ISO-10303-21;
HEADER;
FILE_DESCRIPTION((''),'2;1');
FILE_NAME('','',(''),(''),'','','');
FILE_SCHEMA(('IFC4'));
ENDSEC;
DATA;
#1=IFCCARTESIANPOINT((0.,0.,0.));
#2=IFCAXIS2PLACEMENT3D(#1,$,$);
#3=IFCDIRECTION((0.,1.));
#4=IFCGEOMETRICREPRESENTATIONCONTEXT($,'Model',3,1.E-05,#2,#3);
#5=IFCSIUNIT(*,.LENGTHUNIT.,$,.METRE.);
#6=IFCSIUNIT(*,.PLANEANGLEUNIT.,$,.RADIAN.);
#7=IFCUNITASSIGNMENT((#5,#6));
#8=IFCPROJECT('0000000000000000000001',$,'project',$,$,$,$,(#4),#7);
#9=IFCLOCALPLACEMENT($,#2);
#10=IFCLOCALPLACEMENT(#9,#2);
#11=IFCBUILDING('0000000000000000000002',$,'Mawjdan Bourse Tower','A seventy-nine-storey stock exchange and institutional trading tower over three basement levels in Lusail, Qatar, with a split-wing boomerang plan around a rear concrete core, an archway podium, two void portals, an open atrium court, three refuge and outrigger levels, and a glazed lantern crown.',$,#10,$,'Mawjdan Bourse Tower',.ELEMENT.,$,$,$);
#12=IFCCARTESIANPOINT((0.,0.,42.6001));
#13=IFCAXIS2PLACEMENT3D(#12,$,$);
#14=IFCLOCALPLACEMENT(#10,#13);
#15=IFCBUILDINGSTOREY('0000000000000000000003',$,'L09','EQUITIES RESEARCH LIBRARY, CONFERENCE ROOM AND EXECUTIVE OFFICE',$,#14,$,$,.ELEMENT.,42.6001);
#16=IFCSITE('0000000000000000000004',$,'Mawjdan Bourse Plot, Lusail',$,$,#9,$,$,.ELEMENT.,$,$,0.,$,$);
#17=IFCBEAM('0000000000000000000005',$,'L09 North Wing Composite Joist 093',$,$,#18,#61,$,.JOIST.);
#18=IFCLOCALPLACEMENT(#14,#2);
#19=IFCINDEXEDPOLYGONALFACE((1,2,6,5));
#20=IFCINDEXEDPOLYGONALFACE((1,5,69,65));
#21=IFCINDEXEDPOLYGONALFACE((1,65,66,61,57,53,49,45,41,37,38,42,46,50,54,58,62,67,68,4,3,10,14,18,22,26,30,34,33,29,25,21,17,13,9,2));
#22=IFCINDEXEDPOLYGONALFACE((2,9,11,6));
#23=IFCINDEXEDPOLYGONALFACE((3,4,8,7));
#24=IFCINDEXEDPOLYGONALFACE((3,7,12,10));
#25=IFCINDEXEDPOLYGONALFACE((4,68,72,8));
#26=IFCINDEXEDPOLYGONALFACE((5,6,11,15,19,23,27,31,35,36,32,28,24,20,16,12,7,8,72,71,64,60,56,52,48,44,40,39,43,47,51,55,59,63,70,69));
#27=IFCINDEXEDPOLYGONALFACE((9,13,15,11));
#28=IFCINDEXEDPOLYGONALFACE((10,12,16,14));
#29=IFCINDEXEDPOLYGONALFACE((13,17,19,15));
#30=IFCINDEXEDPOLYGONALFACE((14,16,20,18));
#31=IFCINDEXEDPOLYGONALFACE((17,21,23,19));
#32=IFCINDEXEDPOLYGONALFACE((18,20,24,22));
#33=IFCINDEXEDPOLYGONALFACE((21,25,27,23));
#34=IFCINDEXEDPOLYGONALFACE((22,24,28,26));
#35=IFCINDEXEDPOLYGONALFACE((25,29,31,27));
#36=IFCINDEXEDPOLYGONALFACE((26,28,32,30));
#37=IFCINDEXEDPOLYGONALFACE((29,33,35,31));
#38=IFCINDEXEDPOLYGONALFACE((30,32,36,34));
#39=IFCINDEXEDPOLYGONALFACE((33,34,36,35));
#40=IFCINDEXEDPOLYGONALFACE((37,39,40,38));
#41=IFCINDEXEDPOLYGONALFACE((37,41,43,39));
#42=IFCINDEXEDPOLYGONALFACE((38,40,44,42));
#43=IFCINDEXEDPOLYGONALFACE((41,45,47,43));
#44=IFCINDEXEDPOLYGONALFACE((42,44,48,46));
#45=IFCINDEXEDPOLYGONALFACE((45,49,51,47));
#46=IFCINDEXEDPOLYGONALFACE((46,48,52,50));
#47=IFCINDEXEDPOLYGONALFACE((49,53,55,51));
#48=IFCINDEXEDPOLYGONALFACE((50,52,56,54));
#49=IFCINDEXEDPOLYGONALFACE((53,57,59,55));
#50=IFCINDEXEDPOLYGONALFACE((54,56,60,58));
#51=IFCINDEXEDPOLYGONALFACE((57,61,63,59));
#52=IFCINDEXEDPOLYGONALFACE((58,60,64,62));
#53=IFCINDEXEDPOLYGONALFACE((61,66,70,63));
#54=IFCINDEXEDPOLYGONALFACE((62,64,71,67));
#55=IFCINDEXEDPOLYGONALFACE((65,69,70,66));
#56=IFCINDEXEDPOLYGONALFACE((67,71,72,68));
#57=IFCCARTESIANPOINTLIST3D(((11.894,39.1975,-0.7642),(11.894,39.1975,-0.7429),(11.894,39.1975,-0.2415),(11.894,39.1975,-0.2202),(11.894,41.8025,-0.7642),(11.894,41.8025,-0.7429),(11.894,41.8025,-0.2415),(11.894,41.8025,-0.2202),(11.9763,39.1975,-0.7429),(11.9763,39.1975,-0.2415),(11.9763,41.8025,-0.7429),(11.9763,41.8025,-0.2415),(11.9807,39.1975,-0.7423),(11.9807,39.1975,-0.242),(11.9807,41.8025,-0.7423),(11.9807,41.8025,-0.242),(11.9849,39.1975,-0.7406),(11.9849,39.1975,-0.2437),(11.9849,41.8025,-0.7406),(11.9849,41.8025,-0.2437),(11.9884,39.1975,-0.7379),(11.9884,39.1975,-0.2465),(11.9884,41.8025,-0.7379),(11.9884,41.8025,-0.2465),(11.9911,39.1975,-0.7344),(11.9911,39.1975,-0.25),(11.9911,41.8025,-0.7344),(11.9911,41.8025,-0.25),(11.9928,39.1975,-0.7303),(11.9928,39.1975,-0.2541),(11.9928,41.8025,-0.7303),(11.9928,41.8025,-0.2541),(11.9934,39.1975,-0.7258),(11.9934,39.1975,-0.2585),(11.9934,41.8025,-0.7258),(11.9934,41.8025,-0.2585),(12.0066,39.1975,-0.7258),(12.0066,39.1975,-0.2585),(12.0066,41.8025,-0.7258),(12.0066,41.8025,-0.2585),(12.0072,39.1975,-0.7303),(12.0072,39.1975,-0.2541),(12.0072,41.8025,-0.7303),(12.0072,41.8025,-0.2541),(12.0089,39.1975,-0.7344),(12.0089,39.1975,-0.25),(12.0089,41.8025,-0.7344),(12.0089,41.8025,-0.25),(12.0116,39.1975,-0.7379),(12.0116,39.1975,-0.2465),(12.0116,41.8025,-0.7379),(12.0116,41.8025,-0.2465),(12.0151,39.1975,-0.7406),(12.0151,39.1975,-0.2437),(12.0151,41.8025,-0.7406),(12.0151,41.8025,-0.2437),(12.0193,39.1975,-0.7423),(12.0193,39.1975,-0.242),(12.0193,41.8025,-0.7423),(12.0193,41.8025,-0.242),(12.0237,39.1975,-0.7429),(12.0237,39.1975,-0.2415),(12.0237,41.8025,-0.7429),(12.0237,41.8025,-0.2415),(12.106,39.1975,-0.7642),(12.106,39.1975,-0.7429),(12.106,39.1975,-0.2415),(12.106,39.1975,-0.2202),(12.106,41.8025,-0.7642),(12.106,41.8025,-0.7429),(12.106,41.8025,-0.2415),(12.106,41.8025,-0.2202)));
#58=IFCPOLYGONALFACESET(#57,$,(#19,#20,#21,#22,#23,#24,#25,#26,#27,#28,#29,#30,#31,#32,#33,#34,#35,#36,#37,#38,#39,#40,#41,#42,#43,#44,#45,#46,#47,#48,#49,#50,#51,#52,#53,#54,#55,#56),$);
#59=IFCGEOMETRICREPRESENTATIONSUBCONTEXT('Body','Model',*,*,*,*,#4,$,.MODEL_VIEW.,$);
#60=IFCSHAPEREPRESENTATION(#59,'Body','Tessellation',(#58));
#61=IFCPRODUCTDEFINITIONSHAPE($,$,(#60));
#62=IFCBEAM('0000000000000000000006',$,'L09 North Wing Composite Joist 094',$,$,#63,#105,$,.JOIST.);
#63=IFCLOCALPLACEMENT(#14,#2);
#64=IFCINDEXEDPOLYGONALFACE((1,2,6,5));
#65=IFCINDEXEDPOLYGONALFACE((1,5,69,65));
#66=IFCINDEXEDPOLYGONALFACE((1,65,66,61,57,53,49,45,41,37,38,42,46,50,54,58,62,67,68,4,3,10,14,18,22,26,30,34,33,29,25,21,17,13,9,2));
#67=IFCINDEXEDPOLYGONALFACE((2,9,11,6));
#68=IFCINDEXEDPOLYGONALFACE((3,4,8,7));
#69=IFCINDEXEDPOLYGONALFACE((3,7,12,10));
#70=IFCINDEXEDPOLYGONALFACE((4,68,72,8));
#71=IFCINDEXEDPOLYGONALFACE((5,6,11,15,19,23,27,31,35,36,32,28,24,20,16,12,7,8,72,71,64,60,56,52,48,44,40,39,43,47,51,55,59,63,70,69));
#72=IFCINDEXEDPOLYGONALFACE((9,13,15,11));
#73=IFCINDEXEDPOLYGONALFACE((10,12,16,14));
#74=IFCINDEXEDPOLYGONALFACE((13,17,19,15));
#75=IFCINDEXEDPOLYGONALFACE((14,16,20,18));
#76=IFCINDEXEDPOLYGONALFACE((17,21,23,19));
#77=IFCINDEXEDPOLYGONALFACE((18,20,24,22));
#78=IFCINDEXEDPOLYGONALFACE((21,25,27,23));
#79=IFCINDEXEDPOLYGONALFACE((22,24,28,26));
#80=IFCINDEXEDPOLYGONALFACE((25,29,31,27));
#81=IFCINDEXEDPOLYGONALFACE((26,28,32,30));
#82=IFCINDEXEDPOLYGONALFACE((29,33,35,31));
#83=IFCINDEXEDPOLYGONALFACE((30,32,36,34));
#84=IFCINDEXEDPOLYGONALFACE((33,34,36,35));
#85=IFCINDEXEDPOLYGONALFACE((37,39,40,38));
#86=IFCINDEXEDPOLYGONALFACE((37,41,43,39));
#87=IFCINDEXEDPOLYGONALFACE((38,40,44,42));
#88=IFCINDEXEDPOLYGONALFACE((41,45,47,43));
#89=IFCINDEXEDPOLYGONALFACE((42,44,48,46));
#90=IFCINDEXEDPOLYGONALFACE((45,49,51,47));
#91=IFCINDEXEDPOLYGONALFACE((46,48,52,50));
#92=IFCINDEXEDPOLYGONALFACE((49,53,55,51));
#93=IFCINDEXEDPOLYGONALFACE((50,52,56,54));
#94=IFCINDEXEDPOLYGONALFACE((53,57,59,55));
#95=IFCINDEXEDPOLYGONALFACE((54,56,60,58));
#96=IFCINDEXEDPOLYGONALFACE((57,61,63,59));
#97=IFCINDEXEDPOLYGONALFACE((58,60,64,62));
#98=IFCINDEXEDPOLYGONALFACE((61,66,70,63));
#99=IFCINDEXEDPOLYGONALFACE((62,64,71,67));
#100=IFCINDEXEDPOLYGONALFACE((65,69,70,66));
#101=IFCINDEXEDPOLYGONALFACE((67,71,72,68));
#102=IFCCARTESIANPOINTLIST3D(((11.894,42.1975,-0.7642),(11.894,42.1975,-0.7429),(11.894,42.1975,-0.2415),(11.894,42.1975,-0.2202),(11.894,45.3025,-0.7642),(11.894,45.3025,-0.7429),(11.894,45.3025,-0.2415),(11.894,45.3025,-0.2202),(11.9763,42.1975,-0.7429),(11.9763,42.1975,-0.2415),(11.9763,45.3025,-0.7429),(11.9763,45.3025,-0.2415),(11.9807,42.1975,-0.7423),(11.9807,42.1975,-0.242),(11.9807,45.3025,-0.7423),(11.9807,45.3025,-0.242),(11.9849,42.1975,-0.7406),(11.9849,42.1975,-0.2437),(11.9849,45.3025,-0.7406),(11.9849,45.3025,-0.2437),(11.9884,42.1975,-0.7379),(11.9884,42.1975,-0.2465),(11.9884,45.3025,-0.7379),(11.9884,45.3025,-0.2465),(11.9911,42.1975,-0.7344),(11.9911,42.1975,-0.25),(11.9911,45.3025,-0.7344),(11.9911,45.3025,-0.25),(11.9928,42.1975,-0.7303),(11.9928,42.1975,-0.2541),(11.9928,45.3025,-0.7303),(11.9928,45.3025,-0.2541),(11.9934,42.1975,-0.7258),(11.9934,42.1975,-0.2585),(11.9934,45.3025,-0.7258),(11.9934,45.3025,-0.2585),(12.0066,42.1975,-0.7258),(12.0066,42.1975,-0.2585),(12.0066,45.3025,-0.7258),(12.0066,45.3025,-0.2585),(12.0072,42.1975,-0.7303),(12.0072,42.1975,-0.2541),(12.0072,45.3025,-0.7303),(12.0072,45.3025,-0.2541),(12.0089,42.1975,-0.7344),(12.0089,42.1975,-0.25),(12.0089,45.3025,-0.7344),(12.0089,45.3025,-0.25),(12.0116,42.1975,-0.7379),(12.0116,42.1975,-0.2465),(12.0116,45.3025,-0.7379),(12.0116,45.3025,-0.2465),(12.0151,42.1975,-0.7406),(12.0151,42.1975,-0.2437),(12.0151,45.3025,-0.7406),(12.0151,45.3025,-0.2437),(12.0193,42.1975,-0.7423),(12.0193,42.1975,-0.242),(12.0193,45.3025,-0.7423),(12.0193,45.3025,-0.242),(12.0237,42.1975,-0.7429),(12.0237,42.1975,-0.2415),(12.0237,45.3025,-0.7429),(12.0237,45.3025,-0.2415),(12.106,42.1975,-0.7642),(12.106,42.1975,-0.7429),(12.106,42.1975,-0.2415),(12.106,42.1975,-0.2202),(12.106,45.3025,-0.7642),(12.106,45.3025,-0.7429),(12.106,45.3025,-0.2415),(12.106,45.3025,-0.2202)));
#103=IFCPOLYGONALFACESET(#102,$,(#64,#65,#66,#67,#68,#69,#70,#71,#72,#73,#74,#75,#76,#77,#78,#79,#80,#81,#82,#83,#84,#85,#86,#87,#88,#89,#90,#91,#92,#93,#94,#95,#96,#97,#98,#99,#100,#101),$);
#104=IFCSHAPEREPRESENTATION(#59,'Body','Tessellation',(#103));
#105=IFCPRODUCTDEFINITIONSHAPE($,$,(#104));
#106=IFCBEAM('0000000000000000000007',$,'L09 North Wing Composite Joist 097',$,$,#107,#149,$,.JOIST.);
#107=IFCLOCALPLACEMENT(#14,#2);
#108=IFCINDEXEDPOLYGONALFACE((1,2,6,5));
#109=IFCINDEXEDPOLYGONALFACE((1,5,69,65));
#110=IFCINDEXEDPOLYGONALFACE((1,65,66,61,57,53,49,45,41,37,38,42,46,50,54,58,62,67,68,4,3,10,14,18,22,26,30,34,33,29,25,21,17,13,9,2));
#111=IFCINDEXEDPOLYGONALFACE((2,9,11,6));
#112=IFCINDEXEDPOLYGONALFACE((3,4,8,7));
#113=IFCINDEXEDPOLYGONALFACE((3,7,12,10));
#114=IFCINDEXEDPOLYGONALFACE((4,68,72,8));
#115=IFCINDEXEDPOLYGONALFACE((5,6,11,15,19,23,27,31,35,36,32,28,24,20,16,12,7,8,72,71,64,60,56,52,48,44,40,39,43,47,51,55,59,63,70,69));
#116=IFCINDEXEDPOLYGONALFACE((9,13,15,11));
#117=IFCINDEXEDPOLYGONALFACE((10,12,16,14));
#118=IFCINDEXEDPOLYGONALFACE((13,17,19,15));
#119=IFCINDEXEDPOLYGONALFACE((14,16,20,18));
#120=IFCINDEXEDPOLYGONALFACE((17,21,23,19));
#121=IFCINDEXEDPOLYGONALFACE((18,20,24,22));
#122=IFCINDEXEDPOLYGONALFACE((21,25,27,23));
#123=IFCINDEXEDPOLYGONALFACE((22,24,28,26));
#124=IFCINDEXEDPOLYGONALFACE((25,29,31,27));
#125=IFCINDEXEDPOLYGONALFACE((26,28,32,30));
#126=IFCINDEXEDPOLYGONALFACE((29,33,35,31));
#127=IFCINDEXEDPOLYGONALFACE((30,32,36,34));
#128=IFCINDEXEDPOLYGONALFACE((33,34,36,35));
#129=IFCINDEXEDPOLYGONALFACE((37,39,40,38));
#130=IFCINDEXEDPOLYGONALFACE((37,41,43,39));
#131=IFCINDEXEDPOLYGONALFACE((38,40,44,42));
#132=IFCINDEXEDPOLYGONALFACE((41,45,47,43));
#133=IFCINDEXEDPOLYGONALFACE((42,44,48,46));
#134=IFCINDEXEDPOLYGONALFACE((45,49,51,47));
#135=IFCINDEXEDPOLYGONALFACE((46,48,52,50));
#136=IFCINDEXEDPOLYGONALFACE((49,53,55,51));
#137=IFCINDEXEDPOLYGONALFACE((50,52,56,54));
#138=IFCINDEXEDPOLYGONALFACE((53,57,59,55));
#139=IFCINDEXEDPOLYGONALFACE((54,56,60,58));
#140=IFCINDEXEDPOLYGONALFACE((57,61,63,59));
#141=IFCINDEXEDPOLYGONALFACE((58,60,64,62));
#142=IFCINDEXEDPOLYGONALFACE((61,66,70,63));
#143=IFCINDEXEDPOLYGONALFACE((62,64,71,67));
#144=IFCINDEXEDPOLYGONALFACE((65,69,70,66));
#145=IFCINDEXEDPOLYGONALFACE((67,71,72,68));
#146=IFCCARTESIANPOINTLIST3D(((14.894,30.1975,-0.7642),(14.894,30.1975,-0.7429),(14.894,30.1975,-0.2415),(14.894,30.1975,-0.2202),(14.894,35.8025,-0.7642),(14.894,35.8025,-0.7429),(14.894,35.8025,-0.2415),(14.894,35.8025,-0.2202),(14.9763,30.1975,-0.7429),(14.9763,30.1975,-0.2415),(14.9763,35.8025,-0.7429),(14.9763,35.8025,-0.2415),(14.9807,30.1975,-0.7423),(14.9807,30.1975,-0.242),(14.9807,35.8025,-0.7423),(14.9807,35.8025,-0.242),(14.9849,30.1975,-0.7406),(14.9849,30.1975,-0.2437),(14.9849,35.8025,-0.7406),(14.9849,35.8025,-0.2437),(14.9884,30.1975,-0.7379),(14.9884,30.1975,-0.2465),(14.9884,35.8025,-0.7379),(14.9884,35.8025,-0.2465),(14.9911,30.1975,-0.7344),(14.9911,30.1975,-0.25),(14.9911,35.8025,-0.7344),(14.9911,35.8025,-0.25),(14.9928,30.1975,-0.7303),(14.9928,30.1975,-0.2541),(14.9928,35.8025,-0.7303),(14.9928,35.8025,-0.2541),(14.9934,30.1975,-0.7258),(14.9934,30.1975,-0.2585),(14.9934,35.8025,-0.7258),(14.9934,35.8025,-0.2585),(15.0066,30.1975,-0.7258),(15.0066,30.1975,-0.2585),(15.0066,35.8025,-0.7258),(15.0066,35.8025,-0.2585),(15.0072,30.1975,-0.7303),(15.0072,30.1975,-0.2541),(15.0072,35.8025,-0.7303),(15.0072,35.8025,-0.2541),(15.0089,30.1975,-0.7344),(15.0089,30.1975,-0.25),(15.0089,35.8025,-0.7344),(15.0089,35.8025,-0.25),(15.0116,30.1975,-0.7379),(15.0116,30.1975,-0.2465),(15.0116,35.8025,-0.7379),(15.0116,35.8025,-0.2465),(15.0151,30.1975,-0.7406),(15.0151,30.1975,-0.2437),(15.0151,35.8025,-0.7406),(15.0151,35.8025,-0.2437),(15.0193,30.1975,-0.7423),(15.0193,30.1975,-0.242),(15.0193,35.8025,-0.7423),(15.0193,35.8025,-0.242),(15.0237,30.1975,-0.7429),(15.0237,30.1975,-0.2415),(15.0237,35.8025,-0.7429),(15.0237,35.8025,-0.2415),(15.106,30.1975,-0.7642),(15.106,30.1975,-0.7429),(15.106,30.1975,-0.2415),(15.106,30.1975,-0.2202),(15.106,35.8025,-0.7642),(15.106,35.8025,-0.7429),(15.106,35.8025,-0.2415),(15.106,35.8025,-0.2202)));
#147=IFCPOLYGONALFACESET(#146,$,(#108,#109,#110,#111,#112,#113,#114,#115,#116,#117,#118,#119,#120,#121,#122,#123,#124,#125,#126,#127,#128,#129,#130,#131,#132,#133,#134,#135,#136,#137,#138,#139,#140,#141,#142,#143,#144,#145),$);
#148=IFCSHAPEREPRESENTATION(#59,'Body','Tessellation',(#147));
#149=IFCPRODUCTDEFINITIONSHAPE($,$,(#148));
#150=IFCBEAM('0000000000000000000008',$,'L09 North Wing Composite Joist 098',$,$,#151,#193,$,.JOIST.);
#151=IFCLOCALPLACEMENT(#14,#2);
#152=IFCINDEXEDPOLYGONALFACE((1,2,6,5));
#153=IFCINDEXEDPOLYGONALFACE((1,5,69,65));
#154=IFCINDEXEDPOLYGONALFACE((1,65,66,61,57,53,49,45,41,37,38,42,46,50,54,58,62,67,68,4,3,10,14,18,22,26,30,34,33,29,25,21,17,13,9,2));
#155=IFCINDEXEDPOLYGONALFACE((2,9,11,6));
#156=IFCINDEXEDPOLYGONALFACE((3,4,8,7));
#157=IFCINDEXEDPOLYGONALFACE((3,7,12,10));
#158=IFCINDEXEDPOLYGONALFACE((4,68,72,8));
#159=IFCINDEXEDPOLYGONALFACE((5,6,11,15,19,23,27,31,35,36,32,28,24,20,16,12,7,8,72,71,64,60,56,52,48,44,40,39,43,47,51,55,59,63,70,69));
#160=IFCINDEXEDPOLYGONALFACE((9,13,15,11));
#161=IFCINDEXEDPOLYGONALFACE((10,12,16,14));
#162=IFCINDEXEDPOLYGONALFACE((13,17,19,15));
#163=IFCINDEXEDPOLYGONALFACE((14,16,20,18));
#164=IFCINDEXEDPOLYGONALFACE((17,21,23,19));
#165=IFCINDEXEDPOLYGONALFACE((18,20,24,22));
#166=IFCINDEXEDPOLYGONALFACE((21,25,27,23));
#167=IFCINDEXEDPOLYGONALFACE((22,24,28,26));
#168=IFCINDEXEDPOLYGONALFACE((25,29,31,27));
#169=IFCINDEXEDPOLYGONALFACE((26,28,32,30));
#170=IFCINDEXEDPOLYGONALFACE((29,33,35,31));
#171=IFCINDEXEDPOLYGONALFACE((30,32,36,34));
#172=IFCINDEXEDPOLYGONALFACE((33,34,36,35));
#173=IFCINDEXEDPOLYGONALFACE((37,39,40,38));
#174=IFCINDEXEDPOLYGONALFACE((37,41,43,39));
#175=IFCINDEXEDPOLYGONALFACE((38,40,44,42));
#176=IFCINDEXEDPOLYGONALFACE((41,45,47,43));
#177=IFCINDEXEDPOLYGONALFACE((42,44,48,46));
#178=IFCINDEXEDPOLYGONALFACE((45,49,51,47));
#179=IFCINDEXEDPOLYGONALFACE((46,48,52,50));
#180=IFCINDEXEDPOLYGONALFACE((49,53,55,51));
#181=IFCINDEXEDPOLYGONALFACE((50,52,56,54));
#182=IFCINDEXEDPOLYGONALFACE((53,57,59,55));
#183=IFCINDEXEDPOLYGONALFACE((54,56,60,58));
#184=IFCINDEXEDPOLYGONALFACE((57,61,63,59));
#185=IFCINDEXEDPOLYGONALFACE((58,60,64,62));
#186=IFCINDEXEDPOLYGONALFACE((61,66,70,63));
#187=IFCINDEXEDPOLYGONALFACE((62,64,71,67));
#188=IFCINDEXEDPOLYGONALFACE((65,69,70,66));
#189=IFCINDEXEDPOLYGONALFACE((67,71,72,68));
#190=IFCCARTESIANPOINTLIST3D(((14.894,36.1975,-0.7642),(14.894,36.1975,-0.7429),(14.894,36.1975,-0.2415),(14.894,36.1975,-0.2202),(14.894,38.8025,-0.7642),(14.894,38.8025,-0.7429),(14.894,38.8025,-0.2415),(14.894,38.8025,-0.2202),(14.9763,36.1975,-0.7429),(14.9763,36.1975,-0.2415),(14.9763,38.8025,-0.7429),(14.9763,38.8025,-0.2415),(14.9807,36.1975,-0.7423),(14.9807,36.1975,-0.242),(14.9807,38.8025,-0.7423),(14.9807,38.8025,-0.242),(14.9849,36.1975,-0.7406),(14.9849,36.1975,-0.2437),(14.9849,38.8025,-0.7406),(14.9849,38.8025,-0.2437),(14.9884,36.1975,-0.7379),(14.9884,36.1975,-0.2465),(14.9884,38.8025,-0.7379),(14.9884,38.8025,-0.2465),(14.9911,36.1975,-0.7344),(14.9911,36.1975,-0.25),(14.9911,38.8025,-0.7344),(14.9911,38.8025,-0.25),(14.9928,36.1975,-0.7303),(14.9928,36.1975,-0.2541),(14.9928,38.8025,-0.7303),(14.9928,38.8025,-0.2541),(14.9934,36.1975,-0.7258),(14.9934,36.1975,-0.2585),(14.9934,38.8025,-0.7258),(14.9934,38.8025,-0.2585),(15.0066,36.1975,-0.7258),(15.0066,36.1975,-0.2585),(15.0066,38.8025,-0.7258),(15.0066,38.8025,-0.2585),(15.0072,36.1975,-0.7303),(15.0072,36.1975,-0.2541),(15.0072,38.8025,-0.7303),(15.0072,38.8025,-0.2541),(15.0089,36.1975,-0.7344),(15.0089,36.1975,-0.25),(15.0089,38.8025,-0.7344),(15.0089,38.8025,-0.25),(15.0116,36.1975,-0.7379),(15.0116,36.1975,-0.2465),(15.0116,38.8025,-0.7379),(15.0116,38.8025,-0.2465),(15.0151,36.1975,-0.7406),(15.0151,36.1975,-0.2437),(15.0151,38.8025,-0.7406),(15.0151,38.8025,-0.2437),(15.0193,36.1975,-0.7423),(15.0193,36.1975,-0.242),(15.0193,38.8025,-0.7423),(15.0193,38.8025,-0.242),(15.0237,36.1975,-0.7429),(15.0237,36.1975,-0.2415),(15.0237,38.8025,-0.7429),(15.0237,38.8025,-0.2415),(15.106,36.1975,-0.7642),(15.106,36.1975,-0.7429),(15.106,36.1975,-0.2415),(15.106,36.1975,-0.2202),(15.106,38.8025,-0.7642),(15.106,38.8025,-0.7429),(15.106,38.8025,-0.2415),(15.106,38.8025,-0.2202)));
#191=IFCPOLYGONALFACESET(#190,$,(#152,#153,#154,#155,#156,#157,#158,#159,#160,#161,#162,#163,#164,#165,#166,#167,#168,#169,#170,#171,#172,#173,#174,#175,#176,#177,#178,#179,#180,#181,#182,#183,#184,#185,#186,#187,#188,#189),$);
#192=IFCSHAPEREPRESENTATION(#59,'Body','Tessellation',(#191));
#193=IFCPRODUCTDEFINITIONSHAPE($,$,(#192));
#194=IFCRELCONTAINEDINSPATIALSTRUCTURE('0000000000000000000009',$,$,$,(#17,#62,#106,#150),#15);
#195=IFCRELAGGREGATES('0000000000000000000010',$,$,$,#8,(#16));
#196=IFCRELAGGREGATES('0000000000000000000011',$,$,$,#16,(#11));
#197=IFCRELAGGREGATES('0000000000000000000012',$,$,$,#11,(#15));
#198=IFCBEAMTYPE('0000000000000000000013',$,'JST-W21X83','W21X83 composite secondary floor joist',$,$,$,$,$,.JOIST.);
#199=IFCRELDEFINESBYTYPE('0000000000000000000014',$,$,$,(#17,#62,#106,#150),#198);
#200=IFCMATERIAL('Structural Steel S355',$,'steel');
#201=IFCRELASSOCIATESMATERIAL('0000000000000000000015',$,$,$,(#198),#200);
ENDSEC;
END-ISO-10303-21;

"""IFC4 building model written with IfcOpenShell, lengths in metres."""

from ifc_helpers import new_model, si_unit, direction, frame, origin, origin_2d, place, context, subcontext, project, spatial, i_section, extrude, material, material_profile, profile_set, type_object, element, save


model = new_model("IFC4")

# Units and contexts
model_context = context("Model", 3, precision=1e-05, world=origin(), true_north=direction((0.0, 1.0)))
body_context = subcontext(model_context, "Body", "Model", "MODEL_VIEW")
ifc_project = project(units=[si_unit("LENGTHUNIT", "METRE"), si_unit("PLANEANGLEUNIT", "RADIAN")], contexts=[model_context])

# Site, building, storey
site_placement = place(None, origin())
site = spatial("IfcSite", under=ifc_project, at=site_placement, Name="Mawjdan Bourse Plot, Lusail", CompositionType="ELEMENT", RefElevation=0.0)
building_placement = place(site_placement, origin())
building = spatial("IfcBuilding", under=site, at=building_placement, Name="Mawjdan Bourse Tower", Description="A seventy-nine-storey stock exchange and institutional trading tower over three basement levels in Lusail, Qatar, with a split-wing boomerang plan around a rear concrete core, an archway podium, two void portals, an open atrium court, three refuge and outrigger levels, and a glazed lantern crown.", LongName="Mawjdan Bourse Tower", CompositionType="ELEMENT")
storey_placement = place(building_placement, frame((0.0, 0.0, 42.6001)))
storey = spatial("IfcBuildingStorey", under=building, at=storey_placement, Name="L09", Description="EQUITIES RESEARCH LIBRARY, CONFERENCE ROOM AND EXECUTIVE OFFICE", CompositionType="ELEMENT", Elevation=42.6001)

# Beams
ifc_material_1 = material(Name="Structural Steel S355", Category="steel")
ifc_material_profile_1 = material_profile(ifc_material_1, i_section(OverallWidth=0.2119, OverallDepth=0.5439, WebThickness=0.0132, FlangeThickness=0.0212, FilletRadius=0.0171, at=origin_2d()), Name="W21X83")
ifc_profile_set_1 = profile_set([ifc_material_profile_1], Name="Structural Steel S355")
beam_type_1 = type_object("IfcBeamType", Name="JST-W21X83", Description="W21X83 composite secondary floor joist", PredefinedType="JOIST", material=ifc_profile_set_1)
for number, where, z_axis, x_axis, name in (
    (1, (12.0, 39.1975, -0.4922), (0.0, 1.0, 0.0), (-1.0, 0.0, 0.0), "L09 North Wing Composite Joist 093"),
):
    element("IfcBeam", number, at=place(storey_placement, frame(where, z_axis=z_axis, x_axis=x_axis)), inside=storey, type_object=beam_type_1, Name=name, PredefinedType="JOIST", context=body_context, shape_type="SweptSolid", body=[
        extrude(i_section(OverallWidth=0.2119, OverallDepth=0.5439, WebThickness=0.0132, FlangeThickness=0.0212, FilletRadius=0.0171, at=origin_2d()), origin(), (0.0, 0.0, 1.0), 2.605),
    ])
beam_1_placement = place(storey_placement, frame((12.0, 42.1975, -0.4922), z_axis=(0.0, 1.0, 0.0), x_axis=(-1.0, 0.0, 0.0)))
element("IfcBeam", 2, at=beam_1_placement, inside=storey, type_object=beam_type_1, Name="L09 North Wing Composite Joist 094", PredefinedType="JOIST", context=body_context, shape_type="SweptSolid", body=[
    extrude(i_section(OverallWidth=0.2119, OverallDepth=0.5439, WebThickness=0.0132, FlangeThickness=0.0212, FilletRadius=0.0171, at=origin_2d()), origin(), (0.0, 0.0, 1.0), 3.105),
])
beam_2_placement = place(storey_placement, frame((15.0, 30.1975, -0.4922), z_axis=(0.0, 1.0, 0.0), x_axis=(-1.0, 0.0, 0.0)))
element("IfcBeam", 3, at=beam_2_placement, inside=storey, type_object=beam_type_1, Name="L09 North Wing Composite Joist 097", PredefinedType="JOIST", context=body_context, shape_type="SweptSolid", body=[
    extrude(i_section(OverallWidth=0.2119, OverallDepth=0.5439, WebThickness=0.0132, FlangeThickness=0.0212, FilletRadius=0.0171, at=origin_2d()), origin(), (0.0, 0.0, 1.0), 5.605),
])
for number, where, z_axis, x_axis, name in (
    (4, (15.0, 36.1975, -0.4922), (0.0, 1.0, 0.0), (-1.0, 0.0, 0.0), "L09 North Wing Composite Joist 098"),
):
    element("IfcBeam", number, at=place(storey_placement, frame(where, z_axis=z_axis, x_axis=x_axis)), inside=storey, type_object=beam_type_1, Name=name, PredefinedType="JOIST", context=body_context, shape_type="SweptSolid", body=[
        extrude(i_section(OverallWidth=0.2119, OverallDepth=0.5439, WebThickness=0.0132, FlangeThickness=0.0212, FilletRadius=0.0171, at=origin_2d()), origin(), (0.0, 0.0, 1.0), 2.605),
    ])

save(model, "model.ifc")
